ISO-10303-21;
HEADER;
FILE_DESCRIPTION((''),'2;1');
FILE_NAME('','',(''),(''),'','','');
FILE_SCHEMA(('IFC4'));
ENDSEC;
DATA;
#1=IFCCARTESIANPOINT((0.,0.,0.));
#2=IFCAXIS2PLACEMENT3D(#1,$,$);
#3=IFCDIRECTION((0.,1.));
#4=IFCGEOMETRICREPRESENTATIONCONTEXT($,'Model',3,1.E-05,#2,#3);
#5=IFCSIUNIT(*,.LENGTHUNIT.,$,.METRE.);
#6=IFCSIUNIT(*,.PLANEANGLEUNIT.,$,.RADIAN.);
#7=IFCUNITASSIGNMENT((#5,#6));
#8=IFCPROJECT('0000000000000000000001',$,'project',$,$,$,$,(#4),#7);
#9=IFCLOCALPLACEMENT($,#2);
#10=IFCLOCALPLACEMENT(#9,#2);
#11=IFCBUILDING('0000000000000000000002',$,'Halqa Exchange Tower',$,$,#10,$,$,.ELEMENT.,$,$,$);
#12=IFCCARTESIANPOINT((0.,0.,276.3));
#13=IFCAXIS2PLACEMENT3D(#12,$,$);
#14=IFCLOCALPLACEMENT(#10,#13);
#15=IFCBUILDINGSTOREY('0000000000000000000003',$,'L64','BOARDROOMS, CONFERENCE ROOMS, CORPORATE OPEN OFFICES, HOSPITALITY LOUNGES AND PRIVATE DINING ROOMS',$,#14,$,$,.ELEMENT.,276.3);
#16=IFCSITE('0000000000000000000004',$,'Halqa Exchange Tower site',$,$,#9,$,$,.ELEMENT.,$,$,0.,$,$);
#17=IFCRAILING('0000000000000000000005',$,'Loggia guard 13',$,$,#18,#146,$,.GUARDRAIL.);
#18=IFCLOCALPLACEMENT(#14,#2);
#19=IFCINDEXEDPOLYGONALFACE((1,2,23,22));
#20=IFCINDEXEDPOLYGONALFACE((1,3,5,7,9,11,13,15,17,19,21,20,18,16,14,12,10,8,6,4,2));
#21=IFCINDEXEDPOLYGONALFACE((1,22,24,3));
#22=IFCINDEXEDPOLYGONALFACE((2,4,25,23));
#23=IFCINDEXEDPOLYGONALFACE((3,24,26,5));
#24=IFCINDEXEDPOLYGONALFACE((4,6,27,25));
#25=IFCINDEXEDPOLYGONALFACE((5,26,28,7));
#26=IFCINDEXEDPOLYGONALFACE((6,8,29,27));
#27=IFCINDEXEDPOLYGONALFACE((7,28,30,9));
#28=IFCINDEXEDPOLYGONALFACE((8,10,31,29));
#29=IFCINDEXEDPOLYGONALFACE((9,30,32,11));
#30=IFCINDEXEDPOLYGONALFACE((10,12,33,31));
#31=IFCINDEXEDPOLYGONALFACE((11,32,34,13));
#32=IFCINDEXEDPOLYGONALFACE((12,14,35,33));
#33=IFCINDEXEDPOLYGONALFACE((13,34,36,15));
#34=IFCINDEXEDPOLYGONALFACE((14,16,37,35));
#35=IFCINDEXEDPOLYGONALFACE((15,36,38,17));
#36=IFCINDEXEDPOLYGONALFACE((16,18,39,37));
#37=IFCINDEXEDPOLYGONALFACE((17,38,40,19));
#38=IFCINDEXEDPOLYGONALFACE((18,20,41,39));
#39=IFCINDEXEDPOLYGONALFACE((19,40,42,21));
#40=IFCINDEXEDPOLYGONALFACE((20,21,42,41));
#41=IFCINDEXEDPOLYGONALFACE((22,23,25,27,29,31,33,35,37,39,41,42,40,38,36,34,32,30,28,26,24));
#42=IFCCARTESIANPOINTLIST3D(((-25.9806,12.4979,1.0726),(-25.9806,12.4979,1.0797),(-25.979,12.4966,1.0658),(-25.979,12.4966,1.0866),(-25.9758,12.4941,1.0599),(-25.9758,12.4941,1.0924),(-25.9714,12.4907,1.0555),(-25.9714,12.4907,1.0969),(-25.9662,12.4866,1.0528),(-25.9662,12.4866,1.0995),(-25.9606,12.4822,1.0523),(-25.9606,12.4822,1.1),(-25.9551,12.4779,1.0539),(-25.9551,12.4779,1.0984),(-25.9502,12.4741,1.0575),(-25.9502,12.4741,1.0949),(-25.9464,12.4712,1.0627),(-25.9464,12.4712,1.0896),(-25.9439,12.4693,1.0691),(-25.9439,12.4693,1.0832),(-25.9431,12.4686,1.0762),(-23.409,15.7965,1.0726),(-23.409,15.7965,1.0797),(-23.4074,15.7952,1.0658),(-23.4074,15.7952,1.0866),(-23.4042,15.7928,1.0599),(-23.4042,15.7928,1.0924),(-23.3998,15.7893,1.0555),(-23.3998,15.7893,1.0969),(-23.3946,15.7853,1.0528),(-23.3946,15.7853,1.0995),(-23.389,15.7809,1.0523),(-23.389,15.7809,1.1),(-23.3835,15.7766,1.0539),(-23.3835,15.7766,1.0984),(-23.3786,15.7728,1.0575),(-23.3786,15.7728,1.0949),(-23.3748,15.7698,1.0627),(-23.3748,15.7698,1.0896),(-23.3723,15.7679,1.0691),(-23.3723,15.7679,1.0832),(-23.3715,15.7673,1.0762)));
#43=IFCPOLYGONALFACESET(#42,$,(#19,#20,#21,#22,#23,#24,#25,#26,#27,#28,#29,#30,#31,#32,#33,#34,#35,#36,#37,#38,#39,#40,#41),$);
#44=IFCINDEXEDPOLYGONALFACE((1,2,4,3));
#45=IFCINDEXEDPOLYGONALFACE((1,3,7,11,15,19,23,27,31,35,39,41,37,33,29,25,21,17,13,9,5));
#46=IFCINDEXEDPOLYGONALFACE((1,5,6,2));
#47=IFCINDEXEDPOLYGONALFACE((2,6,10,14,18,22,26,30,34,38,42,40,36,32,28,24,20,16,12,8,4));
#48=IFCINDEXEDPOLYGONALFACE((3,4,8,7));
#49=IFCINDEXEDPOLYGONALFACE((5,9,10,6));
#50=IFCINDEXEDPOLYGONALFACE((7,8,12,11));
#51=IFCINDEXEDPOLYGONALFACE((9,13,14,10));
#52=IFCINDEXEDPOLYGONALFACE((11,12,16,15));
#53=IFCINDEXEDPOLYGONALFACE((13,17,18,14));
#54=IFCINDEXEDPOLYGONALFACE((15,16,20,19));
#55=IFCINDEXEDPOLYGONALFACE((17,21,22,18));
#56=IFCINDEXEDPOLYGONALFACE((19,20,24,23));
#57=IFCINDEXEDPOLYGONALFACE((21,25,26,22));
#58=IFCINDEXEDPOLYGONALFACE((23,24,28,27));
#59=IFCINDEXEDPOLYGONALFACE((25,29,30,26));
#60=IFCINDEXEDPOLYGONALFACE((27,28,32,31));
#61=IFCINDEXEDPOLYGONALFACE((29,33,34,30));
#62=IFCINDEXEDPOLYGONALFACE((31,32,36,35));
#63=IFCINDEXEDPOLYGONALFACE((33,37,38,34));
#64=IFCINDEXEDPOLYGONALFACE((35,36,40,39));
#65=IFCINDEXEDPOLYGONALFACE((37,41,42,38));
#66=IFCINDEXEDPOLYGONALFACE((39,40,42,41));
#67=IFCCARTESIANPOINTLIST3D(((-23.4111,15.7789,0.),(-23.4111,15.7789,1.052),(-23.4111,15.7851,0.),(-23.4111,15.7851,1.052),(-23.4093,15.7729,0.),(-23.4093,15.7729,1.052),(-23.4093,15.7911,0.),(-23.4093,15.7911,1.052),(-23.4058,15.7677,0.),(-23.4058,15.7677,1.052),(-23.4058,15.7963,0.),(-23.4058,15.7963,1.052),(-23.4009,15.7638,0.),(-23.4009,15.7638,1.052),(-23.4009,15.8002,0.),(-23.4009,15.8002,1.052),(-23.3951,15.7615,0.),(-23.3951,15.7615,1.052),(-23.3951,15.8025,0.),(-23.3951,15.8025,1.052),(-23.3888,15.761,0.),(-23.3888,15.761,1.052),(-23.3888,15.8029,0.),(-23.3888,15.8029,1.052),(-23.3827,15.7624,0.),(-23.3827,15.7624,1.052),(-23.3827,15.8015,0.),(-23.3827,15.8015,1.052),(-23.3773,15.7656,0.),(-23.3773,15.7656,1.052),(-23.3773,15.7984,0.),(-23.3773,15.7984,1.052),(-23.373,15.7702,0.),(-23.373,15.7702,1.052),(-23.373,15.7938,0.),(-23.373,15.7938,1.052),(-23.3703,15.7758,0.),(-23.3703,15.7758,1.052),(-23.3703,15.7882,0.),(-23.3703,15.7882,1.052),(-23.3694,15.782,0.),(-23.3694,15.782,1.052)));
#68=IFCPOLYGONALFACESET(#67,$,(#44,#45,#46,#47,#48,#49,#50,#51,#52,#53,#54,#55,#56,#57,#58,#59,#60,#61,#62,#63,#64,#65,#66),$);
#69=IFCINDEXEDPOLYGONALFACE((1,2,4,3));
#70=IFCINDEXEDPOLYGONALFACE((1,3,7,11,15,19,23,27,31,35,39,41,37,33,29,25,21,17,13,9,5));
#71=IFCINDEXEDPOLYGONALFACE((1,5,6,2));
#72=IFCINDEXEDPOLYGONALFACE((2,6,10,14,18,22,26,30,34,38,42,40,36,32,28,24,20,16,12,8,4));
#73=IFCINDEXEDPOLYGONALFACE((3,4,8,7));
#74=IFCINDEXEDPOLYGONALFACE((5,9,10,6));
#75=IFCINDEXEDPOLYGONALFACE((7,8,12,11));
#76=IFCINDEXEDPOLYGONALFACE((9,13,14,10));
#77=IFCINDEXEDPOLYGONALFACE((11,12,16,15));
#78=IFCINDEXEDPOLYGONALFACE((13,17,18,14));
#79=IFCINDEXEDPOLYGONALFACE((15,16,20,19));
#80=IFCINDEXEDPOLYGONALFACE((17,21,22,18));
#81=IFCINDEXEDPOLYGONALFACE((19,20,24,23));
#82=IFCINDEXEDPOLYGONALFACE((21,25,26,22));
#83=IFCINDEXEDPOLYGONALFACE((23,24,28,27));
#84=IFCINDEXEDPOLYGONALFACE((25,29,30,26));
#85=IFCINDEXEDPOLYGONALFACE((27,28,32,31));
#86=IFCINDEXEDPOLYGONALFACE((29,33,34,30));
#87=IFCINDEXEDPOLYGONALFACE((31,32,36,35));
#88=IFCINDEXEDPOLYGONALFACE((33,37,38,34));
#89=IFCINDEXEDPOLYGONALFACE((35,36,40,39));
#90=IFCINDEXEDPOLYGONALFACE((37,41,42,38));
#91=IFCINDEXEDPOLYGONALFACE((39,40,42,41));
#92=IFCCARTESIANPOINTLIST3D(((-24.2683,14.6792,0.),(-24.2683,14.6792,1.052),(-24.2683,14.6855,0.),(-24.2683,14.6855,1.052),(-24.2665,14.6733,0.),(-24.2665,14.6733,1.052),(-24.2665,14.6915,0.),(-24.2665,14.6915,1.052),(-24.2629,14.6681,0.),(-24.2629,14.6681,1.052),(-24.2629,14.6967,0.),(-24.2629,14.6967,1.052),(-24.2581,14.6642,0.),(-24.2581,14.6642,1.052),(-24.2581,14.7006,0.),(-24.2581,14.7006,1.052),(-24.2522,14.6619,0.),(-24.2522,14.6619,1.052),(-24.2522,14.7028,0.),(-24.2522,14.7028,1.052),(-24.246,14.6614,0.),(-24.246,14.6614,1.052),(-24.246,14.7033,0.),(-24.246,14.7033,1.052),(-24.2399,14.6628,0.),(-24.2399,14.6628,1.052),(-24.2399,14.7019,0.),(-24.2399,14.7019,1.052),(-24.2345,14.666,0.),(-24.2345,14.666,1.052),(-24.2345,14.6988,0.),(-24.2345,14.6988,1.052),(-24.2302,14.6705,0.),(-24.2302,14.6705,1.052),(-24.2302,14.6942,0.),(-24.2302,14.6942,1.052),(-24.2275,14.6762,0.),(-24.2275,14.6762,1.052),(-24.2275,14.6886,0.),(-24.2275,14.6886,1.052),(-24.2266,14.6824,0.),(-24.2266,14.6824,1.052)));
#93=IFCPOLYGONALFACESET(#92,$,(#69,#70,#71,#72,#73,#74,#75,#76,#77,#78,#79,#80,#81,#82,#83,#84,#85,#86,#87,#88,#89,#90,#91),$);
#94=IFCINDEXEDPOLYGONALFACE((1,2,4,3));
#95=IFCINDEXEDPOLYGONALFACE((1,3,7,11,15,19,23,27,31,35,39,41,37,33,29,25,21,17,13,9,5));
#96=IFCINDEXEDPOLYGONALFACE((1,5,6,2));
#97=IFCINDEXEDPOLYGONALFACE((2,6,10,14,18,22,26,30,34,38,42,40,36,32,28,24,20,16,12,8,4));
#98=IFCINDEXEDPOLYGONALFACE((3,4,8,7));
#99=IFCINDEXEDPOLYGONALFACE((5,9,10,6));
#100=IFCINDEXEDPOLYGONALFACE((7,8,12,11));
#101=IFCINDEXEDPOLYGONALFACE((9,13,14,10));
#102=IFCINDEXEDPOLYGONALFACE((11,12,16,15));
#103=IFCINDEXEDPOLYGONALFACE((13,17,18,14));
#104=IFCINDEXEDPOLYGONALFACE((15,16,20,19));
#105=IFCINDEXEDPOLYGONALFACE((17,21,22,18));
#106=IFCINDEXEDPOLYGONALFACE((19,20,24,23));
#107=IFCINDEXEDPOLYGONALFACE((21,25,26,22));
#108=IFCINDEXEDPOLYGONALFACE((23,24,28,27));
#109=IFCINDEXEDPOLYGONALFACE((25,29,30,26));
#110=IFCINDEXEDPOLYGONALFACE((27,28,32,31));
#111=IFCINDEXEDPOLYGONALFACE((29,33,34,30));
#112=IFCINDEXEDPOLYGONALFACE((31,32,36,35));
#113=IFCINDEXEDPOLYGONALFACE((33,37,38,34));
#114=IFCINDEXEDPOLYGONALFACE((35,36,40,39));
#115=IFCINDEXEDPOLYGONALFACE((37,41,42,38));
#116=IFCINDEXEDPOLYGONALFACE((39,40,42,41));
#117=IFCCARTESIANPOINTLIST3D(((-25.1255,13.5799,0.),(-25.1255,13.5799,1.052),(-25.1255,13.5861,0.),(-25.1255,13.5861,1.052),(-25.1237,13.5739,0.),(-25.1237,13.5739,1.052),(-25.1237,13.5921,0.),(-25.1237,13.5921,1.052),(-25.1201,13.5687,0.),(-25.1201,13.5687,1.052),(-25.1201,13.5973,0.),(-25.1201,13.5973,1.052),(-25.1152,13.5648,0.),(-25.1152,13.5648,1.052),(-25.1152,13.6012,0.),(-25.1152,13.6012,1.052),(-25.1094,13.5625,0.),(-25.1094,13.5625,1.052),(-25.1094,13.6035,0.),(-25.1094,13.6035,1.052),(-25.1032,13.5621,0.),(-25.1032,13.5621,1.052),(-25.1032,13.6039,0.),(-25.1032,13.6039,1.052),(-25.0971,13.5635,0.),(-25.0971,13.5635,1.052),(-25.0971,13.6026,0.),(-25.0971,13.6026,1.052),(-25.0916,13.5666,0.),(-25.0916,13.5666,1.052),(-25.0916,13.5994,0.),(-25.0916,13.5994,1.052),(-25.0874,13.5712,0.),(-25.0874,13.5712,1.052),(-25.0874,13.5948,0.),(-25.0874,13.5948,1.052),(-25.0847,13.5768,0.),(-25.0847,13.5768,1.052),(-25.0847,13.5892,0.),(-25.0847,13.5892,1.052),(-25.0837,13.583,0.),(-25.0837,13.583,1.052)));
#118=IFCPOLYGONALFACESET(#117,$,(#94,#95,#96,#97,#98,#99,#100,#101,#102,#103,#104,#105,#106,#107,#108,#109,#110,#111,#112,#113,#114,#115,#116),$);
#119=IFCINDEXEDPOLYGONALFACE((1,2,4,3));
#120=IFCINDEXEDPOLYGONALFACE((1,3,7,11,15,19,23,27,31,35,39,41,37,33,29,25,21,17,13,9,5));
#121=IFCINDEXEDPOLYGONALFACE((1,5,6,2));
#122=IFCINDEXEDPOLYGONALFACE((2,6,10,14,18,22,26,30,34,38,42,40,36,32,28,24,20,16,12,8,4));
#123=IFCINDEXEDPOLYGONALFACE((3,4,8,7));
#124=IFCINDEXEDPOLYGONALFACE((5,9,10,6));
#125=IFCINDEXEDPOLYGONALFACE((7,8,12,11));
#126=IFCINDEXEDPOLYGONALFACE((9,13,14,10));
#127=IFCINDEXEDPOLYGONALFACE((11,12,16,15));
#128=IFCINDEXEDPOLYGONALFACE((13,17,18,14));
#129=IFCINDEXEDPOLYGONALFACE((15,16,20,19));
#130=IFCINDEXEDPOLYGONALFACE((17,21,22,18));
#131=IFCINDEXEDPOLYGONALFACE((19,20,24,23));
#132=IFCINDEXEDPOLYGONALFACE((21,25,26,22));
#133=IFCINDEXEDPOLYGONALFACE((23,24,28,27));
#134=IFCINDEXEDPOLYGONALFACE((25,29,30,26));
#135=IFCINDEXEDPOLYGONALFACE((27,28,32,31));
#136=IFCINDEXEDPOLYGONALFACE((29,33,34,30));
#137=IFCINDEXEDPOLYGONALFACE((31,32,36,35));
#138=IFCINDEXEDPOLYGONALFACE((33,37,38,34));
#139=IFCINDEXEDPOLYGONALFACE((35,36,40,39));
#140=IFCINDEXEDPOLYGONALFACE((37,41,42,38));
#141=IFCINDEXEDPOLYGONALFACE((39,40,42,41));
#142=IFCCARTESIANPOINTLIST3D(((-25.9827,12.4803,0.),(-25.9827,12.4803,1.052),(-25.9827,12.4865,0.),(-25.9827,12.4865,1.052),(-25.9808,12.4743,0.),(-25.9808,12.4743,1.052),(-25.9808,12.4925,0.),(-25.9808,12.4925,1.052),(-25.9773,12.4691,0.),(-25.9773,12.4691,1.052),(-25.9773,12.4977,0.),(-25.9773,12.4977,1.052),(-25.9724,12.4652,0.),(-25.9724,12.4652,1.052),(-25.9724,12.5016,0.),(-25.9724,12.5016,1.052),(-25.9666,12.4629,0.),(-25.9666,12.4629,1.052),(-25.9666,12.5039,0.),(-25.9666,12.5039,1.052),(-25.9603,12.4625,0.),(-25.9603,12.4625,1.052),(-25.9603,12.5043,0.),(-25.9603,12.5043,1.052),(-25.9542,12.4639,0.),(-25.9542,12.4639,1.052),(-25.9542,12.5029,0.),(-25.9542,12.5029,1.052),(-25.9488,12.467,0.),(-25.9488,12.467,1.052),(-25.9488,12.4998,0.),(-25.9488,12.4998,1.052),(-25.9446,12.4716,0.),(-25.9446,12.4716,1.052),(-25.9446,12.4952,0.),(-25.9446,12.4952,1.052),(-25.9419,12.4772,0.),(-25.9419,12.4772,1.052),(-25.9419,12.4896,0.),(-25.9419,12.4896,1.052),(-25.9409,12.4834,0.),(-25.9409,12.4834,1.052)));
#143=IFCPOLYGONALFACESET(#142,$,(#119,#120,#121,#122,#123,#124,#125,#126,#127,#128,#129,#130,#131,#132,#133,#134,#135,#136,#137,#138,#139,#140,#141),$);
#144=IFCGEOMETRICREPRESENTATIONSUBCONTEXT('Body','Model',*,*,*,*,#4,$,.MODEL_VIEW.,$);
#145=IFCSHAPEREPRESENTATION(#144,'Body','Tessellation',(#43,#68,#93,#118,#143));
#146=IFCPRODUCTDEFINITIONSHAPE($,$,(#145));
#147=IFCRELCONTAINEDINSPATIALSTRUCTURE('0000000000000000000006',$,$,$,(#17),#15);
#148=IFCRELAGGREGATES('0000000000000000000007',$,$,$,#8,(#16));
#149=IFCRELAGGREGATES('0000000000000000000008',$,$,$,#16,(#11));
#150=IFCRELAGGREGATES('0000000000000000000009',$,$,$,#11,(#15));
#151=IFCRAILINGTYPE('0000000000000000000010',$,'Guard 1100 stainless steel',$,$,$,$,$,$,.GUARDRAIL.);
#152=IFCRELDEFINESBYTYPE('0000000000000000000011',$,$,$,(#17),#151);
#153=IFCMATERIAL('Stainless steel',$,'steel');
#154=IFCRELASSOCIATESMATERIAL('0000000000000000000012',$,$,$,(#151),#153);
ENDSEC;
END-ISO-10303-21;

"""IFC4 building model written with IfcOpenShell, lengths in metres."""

from ifc_helpers import new_model, si_unit, direction, frame, origin, origin_2d, place, context, subcontext, project, spatial, circle, extrude, material, type_object, element, save


model = new_model("IFC4")

# Units and contexts
model_context = context("Model", 3, precision=1e-05, world=origin(), true_north=direction((0.0, 1.0)))
body_context = subcontext(model_context, "Body", "Model", "MODEL_VIEW")
ifc_project = project(units=[si_unit("LENGTHUNIT", "METRE"), si_unit("PLANEANGLEUNIT", "RADIAN")], contexts=[model_context])

# Site, building, storey
site_placement = place(None, origin())
site = spatial("IfcSite", under=ifc_project, at=site_placement, Name="Halqa Exchange Tower site", CompositionType="ELEMENT", RefElevation=0.0)
building_placement = place(site_placement, origin())
building = spatial("IfcBuilding", under=site, at=building_placement, Name="Halqa Exchange Tower", CompositionType="ELEMENT")
storey_placement = place(building_placement, frame((0.0, 0.0, 276.3)))
storey = spatial("IfcBuildingStorey", under=building, at=storey_placement, Name="L64", Description="BOARDROOMS, CONFERENCE ROOMS, CORPORATE OPEN OFFICES, HOSPITALITY LOUNGES AND PRIVATE DINING ROOMS", CompositionType="ELEMENT", Elevation=276.3)

# Railing
ifc_material_1 = material(Name="Stainless steel", Category="steel")
railing_type = type_object("IfcRailingType", Name="Guard 1100 stainless steel", PredefinedType="GUARDRAIL", material=ifc_material_1)
railing_1_placement = place(storey_placement, frame((-23.3904, 15.782, 0.0)))
element("IfcRailing", 1, at=railing_1_placement, inside=storey, type_object=railing_type, Name="Loggia guard 13", PredefinedType="GUARDRAIL", context=body_context, shape_type="SweptSolid", body=[
    extrude(circle(Radius=0.0239, at=origin_2d()), frame((0.0, 0.0, 1.0762), z_axis=(-0.614829, -0.78866, 0.0), x_axis=(0.78866, -0.614829, 0.0)), (0.0, 0.0, 1.0), 4.1826),
    extrude(circle(Radius=0.021, at=origin_2d()), origin(), (0.0, 0.0, 1.0), 1.052),
    extrude(circle(Radius=0.021, at=origin_2d()), frame((-0.8572, -1.0996, 0.0)), (0.0, 0.0, 1.0), 1.052),
    extrude(circle(Radius=0.021, at=origin_2d()), frame((-1.7144, -2.199, 0.0)), (0.0, 0.0, 1.0), 1.052),
    extrude(circle(Radius=0.021, at=origin_2d()), frame((-2.5715, -3.2986, 0.0)), (0.0, 0.0, 1.0), 1.052),
])

save(model, "model.ifc")
